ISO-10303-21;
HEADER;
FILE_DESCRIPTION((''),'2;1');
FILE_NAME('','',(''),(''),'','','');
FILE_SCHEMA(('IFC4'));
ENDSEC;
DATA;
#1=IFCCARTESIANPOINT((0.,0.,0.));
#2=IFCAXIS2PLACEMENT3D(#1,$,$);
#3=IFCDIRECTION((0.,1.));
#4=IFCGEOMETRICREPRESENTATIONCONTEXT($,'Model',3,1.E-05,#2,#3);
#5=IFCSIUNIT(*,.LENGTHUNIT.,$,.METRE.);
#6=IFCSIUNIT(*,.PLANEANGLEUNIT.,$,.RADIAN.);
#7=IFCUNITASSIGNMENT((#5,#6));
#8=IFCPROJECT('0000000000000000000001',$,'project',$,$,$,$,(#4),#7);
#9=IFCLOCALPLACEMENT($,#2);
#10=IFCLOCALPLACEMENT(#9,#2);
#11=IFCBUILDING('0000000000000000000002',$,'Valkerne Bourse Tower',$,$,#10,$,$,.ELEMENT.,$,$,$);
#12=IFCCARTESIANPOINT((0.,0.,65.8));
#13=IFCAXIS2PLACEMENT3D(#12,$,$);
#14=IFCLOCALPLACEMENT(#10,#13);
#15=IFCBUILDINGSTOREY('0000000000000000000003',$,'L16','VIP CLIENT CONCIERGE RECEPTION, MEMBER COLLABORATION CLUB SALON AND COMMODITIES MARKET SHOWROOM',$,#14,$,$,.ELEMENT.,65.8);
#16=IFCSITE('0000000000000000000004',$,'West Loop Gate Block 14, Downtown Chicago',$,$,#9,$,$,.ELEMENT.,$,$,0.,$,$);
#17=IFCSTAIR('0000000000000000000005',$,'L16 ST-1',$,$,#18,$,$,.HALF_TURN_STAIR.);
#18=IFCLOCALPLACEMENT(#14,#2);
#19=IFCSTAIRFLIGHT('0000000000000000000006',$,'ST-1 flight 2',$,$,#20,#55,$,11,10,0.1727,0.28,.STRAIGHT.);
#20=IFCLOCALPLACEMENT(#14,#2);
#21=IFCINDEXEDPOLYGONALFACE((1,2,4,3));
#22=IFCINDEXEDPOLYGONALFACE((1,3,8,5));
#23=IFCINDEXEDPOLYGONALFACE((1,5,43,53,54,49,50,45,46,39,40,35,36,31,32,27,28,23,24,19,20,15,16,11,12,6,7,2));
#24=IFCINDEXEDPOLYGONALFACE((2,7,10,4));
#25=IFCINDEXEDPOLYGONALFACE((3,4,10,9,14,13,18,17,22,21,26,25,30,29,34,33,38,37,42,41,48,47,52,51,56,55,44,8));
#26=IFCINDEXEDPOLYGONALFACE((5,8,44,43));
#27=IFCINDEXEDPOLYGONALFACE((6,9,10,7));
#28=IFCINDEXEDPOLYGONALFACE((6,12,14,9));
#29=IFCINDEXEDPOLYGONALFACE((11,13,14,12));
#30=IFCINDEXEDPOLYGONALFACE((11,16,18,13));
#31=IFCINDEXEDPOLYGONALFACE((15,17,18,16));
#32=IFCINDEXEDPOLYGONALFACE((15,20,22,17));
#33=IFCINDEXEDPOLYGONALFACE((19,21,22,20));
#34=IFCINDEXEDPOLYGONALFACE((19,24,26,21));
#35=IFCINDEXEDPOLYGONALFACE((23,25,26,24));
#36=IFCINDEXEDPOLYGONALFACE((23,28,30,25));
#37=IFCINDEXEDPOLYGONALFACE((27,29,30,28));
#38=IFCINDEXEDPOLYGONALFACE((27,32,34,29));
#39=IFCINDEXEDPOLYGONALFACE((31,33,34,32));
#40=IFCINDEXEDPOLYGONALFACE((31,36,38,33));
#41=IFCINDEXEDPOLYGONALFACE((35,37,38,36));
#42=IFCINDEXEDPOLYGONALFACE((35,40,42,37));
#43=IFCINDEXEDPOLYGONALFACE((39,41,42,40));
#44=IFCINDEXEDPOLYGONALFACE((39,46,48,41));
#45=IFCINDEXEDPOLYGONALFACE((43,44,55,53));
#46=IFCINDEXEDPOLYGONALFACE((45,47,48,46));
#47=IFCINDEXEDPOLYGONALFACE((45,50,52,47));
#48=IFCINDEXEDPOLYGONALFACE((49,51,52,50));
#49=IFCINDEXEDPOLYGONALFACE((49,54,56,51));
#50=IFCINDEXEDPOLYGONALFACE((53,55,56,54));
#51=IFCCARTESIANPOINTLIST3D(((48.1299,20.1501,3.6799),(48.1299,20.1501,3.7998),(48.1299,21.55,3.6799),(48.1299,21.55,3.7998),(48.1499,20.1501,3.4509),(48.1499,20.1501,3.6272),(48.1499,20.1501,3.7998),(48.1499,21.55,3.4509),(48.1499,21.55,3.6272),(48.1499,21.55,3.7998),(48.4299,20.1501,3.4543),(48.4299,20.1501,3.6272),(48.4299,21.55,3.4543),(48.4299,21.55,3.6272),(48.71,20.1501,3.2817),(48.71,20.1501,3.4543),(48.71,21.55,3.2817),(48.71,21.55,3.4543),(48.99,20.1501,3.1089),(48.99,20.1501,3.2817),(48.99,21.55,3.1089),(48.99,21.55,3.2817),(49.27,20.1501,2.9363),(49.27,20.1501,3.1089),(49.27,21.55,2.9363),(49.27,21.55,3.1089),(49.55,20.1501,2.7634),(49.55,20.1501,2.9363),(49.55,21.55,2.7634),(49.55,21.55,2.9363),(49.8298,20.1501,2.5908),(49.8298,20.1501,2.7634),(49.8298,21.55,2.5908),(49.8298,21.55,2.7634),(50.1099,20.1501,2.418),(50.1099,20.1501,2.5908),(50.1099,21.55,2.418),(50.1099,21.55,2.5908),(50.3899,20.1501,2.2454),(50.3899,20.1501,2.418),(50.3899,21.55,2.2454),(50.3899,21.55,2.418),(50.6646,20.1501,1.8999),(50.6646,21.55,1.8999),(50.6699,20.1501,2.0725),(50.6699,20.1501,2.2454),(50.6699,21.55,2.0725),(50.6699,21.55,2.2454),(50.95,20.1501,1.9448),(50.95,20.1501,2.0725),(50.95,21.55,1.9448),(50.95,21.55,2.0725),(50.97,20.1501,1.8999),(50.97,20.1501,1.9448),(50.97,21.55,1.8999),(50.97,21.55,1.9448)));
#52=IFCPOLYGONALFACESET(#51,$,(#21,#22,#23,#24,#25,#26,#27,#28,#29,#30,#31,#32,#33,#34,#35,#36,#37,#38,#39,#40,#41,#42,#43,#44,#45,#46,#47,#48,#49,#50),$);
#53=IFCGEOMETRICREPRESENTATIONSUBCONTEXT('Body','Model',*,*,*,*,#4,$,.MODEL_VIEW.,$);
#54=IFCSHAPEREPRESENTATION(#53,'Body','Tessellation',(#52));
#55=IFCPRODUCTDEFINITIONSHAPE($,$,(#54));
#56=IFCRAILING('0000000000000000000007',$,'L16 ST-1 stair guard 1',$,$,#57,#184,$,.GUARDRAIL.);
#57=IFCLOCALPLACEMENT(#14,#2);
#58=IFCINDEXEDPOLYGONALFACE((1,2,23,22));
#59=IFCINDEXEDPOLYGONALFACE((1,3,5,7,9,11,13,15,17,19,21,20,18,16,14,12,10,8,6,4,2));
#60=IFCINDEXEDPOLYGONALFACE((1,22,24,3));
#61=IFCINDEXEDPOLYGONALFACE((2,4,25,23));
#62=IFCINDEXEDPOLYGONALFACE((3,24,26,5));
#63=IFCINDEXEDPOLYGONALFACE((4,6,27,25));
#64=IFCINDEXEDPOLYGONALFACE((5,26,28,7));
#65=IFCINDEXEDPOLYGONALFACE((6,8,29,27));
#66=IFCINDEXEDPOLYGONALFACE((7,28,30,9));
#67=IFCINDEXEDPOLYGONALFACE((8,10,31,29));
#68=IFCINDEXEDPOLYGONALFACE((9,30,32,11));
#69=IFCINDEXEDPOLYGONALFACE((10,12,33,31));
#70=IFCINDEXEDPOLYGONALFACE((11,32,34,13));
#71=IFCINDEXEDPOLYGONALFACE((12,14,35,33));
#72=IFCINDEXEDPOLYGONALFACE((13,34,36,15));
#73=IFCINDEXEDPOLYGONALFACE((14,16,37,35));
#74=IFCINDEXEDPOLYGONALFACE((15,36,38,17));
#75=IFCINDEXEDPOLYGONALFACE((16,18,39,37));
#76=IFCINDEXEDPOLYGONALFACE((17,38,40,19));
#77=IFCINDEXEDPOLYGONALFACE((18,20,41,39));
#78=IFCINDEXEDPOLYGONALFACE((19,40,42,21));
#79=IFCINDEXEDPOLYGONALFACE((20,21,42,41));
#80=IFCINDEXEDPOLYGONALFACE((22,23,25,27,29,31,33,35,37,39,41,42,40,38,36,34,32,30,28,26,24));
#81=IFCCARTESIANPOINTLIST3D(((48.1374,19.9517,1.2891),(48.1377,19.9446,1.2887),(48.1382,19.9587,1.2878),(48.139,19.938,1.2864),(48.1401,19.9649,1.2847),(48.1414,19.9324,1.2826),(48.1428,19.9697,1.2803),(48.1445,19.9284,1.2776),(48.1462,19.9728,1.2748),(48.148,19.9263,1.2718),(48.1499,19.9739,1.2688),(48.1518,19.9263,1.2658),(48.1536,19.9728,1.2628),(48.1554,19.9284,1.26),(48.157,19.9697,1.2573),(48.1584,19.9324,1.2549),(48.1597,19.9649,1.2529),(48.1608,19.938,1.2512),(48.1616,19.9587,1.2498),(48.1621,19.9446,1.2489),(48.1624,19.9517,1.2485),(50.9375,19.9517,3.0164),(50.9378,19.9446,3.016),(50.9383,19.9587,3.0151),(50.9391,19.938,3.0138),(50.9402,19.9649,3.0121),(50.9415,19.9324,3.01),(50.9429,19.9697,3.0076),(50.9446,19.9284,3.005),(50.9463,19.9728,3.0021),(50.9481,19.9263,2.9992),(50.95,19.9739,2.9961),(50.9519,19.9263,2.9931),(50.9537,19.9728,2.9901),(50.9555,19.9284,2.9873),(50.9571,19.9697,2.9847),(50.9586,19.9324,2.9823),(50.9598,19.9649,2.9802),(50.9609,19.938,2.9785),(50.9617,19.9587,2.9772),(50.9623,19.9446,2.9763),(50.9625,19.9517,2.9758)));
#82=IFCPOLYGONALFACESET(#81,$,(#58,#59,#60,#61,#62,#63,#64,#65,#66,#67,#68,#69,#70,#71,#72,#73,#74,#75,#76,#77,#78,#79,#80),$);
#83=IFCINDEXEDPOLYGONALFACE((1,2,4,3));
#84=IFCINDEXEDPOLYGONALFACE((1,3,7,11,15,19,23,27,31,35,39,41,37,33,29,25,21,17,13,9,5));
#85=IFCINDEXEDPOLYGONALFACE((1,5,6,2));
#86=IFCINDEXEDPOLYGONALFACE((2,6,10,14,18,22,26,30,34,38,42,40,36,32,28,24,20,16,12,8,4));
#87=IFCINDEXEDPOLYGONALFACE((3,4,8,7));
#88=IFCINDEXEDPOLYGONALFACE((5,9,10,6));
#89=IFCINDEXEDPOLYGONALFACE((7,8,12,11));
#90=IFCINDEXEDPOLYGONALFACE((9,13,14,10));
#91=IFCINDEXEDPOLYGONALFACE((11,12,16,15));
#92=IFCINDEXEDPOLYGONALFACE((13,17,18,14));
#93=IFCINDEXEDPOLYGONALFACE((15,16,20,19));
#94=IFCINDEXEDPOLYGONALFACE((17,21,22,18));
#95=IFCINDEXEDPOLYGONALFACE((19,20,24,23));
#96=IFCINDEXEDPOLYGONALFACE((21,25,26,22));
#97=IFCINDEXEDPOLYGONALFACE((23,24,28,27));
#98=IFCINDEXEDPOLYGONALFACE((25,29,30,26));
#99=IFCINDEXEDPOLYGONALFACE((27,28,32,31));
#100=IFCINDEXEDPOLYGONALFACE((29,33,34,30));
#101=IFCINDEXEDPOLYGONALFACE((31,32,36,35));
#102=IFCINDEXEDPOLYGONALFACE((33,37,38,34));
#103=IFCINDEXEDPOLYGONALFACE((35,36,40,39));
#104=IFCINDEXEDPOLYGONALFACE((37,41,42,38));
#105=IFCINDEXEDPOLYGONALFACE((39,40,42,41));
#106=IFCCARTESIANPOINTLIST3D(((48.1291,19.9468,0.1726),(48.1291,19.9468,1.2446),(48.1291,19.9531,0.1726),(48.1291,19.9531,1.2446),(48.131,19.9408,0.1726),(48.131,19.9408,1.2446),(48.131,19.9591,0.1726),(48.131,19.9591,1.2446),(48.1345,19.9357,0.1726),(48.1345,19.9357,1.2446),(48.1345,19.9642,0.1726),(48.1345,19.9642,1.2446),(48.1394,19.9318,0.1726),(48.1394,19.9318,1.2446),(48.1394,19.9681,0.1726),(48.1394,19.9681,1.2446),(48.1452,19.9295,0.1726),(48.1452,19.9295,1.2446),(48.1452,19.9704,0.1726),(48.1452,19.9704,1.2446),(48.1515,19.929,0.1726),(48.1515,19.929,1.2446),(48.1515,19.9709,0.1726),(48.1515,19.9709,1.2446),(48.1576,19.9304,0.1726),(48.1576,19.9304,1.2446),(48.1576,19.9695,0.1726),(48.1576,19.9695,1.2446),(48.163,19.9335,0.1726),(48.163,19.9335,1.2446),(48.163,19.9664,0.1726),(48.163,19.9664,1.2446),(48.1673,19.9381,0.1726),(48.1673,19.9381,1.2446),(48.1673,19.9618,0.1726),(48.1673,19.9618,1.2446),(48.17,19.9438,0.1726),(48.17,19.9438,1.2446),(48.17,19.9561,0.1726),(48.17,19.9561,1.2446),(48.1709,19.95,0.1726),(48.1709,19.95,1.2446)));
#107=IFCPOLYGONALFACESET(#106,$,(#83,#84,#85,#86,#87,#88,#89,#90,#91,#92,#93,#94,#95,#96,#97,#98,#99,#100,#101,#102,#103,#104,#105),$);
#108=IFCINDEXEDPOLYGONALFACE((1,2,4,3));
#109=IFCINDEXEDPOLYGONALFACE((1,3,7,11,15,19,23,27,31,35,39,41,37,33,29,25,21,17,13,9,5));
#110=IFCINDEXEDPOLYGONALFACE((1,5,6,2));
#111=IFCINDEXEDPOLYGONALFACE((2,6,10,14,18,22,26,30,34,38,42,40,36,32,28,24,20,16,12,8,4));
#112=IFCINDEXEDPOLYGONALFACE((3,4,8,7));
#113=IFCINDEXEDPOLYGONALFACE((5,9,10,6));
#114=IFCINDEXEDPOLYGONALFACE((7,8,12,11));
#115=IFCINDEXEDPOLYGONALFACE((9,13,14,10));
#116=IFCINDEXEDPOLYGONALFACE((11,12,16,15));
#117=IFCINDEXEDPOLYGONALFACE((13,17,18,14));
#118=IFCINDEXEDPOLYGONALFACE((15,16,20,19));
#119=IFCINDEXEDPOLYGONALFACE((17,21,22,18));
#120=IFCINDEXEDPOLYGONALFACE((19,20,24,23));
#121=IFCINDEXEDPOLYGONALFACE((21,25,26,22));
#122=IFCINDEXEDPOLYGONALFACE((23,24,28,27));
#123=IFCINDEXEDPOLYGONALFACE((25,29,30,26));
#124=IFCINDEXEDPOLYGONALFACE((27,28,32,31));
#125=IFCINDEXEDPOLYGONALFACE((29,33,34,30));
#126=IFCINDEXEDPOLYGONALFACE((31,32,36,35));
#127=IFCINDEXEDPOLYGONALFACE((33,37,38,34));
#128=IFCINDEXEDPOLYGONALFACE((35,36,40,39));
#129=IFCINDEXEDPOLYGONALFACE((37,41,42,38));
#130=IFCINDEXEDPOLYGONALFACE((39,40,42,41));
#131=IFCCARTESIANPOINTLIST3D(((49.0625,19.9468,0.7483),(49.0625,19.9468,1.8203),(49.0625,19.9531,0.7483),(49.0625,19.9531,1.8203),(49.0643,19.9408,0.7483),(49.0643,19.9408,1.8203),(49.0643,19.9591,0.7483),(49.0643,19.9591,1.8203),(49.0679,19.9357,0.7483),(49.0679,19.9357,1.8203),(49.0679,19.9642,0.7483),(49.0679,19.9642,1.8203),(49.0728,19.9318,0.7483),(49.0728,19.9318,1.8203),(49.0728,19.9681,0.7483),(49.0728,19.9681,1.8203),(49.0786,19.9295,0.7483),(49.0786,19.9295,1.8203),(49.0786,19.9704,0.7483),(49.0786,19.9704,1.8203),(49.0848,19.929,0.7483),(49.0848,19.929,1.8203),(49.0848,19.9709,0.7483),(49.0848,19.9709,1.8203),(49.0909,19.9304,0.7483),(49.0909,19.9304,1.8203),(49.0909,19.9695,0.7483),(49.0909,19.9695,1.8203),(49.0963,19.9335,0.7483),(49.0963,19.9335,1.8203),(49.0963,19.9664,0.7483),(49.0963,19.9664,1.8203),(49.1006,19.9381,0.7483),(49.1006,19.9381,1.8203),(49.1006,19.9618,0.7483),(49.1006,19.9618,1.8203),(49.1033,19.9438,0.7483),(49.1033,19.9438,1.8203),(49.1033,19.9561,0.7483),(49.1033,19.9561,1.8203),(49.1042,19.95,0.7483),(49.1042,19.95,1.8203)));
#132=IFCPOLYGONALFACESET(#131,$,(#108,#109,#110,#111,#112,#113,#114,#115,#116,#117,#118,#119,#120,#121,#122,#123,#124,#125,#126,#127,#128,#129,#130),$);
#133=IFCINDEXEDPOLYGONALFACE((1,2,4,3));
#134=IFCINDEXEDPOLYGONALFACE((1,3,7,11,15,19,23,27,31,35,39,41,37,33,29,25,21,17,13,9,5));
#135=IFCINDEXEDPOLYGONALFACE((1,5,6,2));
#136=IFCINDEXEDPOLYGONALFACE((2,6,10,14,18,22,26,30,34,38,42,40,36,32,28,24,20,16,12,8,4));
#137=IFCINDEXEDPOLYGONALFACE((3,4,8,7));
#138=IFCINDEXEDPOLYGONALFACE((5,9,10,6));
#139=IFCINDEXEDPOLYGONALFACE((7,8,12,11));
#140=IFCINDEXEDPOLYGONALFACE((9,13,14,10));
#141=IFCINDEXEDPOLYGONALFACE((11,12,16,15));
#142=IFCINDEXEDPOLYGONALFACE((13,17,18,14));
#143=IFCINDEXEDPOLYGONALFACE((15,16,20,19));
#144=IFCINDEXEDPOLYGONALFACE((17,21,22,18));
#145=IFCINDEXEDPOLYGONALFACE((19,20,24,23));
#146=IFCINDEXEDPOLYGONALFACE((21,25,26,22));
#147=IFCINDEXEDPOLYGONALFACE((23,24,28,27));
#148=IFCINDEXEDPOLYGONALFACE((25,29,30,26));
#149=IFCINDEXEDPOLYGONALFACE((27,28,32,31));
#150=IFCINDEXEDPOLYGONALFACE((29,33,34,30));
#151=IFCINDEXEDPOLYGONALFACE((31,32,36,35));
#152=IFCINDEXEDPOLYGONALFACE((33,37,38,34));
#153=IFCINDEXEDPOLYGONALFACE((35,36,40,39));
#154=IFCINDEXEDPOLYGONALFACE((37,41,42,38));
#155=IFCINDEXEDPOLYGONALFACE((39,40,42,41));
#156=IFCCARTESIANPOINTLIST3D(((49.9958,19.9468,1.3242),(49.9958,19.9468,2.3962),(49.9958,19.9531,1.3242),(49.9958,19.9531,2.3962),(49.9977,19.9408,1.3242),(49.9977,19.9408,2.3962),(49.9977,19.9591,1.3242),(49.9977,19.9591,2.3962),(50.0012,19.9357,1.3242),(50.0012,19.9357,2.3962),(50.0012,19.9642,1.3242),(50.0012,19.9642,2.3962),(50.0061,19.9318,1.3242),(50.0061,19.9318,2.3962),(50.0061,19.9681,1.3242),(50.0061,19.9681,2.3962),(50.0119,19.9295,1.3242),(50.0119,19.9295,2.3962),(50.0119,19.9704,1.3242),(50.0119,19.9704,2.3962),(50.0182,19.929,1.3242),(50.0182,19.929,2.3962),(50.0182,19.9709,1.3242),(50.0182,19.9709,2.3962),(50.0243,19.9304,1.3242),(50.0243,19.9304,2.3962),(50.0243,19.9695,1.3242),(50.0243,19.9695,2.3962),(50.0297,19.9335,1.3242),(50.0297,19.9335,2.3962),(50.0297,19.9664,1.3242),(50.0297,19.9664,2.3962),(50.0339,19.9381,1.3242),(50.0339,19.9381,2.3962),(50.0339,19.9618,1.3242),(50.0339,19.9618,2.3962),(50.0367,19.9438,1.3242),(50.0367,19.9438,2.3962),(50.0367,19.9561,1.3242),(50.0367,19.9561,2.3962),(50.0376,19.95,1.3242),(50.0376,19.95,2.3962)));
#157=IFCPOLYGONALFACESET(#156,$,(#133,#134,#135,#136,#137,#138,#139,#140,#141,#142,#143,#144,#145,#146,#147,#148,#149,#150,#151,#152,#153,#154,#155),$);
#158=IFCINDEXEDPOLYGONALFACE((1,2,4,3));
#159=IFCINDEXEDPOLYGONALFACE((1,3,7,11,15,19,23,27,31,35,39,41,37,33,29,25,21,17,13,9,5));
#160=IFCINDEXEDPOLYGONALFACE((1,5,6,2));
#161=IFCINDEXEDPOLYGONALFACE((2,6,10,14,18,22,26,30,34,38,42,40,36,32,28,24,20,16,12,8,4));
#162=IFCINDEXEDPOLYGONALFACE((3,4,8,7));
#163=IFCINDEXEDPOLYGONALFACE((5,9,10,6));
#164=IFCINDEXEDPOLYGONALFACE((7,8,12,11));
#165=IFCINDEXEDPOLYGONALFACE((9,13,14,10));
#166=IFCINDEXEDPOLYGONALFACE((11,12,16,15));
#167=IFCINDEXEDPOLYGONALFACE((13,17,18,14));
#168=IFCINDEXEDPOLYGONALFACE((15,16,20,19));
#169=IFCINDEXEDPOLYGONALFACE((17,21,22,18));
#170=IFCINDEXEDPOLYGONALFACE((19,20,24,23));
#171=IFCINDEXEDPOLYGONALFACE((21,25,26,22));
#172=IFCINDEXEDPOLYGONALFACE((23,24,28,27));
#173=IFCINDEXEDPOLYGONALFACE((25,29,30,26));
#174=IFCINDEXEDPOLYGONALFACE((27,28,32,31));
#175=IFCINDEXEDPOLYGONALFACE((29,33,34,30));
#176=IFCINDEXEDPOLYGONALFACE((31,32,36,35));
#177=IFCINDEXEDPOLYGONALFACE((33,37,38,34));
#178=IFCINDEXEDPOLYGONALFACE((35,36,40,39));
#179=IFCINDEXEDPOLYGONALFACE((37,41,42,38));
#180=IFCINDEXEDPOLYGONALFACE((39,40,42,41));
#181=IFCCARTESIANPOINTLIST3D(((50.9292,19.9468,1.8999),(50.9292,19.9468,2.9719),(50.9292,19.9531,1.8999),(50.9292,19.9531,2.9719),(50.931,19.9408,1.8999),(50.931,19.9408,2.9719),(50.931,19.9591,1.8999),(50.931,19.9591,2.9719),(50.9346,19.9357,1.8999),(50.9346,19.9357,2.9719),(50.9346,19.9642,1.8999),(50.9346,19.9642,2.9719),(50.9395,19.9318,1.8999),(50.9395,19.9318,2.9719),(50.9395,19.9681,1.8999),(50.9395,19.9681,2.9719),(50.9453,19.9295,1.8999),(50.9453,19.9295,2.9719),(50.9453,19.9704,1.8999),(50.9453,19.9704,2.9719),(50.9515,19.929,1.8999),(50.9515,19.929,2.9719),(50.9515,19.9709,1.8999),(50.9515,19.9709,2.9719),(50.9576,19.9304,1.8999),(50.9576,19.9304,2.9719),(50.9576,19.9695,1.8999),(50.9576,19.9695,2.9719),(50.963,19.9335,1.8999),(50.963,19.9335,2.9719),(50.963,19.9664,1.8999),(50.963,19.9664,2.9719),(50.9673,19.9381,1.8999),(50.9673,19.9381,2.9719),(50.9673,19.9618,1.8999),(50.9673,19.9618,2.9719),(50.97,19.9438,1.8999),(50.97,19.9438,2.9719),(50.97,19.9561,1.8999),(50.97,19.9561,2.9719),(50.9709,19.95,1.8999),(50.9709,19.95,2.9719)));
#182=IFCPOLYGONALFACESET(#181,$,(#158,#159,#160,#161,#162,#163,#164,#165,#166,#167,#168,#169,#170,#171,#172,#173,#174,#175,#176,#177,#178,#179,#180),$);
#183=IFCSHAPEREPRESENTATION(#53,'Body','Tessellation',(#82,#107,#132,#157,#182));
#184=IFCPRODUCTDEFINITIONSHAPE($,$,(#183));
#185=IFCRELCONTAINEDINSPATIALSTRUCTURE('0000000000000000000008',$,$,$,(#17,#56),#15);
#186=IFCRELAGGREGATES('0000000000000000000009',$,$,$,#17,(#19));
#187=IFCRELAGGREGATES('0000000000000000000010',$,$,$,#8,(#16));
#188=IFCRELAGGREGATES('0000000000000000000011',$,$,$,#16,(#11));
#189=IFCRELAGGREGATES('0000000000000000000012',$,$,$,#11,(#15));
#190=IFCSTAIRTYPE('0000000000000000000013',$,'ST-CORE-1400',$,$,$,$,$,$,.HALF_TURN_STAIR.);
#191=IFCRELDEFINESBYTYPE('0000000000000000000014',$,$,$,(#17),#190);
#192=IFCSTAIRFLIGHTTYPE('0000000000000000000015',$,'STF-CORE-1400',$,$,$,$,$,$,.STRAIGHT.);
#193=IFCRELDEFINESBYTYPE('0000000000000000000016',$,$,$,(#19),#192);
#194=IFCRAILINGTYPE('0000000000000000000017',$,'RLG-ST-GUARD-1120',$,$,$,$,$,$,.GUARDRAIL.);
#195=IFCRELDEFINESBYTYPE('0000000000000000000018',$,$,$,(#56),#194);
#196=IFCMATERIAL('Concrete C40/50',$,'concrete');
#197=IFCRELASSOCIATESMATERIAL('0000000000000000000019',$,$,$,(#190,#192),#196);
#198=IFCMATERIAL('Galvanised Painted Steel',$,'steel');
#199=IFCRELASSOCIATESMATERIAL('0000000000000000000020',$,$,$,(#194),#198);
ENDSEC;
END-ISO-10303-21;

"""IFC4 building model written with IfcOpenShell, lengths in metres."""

from ifc_helpers import new_model, si_unit, direction, frame, origin, origin_2d, place, context, subcontext, project, spatial, polyline, circle, outline, extrude, material, type_object, element, aggregate, save


model = new_model("IFC4")

# Units and contexts
model_context = context("Model", 3, precision=1e-05, world=origin(), true_north=direction((0.0, 1.0)))
body_context = subcontext(model_context, "Body", "Model", "MODEL_VIEW")
ifc_project = project(units=[si_unit("LENGTHUNIT", "METRE"), si_unit("PLANEANGLEUNIT", "RADIAN")], contexts=[model_context])

# Site, building, storey
site_placement = place(None, origin())
site = spatial("IfcSite", under=ifc_project, at=site_placement, Name="West Loop Gate Block 14, Downtown Chicago", CompositionType="ELEMENT", RefElevation=0.0)
building_placement = place(site_placement, origin())
building = spatial("IfcBuilding", under=site, at=building_placement, Name="Valkerne Bourse Tower", CompositionType="ELEMENT")
storey_placement = place(building_placement, frame((0.0, 0.0, 65.8)))
storey = spatial("IfcBuildingStorey", under=building, at=storey_placement, Name="L16", Description="VIP CLIENT CONCIERGE RECEPTION, MEMBER COLLABORATION CLUB SALON AND COMMODITIES MARKET SHOWROOM", CompositionType="ELEMENT", Elevation=65.8)

# Shared definitions
ifc_material_1 = material(Name="Galvanised Painted Steel", Category="steel")

# Stair, stair flight
ifc_material_2 = material(Name="Concrete C40/50", Category="concrete")
stair_type = type_object("IfcStairType", Name="ST-CORE-1400", PredefinedType="HALF_TURN_STAIR", material=ifc_material_2)
stair_placement = place(storey_placement, origin())
stair = element("IfcStair", 1, at=stair_placement, inside=storey, type_object=stair_type, Name="L16 ST-1", PredefinedType="HALF_TURN_STAIR")
stair_flight_type = type_object("IfcStairFlightType", Name="STF-CORE-1400", PredefinedType="STRAIGHT", material=ifc_material_2)
stair_flight_1_placement = place(storey_placement, frame((50.95, 20.8501, 1.8999), z_axis=(0.0, 0.0, 1.0), x_axis=(-1.0, 0.0, 0.0)))
stair_flight_1 = element("IfcStairFlight", 2, at=stair_flight_1_placement, type_object=stair_flight_type, Name="ST-1 flight 2", NumberOfRisers=11, NumberOfTreads=10, PredefinedType="STRAIGHT", RiserHeight=0.1727, TreadLength=0.28, context=body_context, shape_type="SweptSolid", body=[
    extrude(outline(polyline([(-0.02, 0.0), (-0.02, 0.0449), (0.0, 0.0449), (0.0, 0.1726), (0.28, 0.1726), (0.28, 0.3455), (0.5601, 0.3455), (0.5601, 0.5181), (0.8401, 0.5181), (0.8401, 0.6909), (1.1201, 0.6909), (1.1201, 0.8635), (1.3999, 0.8635), (1.3999, 1.0364), (1.6799, 1.0364), (1.6799, 1.209), (1.96, 1.209), (1.96, 1.3818), (2.24, 1.3818), (2.24, 1.5544), (2.52, 1.5544), (2.52, 1.7273), (2.8, 1.7273), (2.8, 1.8999), (2.8201, 1.8999), (2.8201, 1.78), (2.8, 1.551), (0.2854, 0.0), (-0.02, 0.0)])), frame((0.0, 0.7, 0.0), z_axis=(0.0, -1.0, 0.0), x_axis=(1.0, 0.0, 0.0)), (0.0, 0.0, 1.0), 1.3999),
])
aggregate(stair, [stair_flight_1])

# Railing
railing_type_1 = type_object("IfcRailingType", Name="RLG-ST-GUARD-1120", PredefinedType="GUARDRAIL", material=ifc_material_1)
railing_1_placement = place(storey_placement, frame((48.1499, 19.95, 0.1726)))
element("IfcRailing", 3, at=railing_1_placement, inside=storey, type_object=railing_type_1, Name="L16 ST-1 stair guard 1", PredefinedType="GUARDRAIL", context=body_context, shape_type="SweptSolid", body=[
    extrude(circle(Radius=0.0239, at=origin_2d()), frame((0.0, 0.0, 1.0962), z_axis=(0.85109, 0.0, 0.52502), x_axis=(0.0, 1.0, 0.0)), (0.0, 0.0, 1.0), 3.29),
    extrude(circle(Radius=0.021, at=origin_2d()), origin(), (0.0, 0.0, 1.0), 1.072),
    extrude(circle(Radius=0.021, at=origin_2d()), frame((0.9333, 0.0, 0.5757)), (0.0, 0.0, 1.0), 1.072),
    extrude(circle(Radius=0.021, at=origin_2d()), frame((1.8667, 0.0, 1.1516)), (0.0, 0.0, 1.0), 1.072),
    extrude(circle(Radius=0.021, at=origin_2d()), frame((2.8, 0.0, 1.7273)), (0.0, 0.0, 1.0), 1.072),
])

save(model, "model.ifc")
